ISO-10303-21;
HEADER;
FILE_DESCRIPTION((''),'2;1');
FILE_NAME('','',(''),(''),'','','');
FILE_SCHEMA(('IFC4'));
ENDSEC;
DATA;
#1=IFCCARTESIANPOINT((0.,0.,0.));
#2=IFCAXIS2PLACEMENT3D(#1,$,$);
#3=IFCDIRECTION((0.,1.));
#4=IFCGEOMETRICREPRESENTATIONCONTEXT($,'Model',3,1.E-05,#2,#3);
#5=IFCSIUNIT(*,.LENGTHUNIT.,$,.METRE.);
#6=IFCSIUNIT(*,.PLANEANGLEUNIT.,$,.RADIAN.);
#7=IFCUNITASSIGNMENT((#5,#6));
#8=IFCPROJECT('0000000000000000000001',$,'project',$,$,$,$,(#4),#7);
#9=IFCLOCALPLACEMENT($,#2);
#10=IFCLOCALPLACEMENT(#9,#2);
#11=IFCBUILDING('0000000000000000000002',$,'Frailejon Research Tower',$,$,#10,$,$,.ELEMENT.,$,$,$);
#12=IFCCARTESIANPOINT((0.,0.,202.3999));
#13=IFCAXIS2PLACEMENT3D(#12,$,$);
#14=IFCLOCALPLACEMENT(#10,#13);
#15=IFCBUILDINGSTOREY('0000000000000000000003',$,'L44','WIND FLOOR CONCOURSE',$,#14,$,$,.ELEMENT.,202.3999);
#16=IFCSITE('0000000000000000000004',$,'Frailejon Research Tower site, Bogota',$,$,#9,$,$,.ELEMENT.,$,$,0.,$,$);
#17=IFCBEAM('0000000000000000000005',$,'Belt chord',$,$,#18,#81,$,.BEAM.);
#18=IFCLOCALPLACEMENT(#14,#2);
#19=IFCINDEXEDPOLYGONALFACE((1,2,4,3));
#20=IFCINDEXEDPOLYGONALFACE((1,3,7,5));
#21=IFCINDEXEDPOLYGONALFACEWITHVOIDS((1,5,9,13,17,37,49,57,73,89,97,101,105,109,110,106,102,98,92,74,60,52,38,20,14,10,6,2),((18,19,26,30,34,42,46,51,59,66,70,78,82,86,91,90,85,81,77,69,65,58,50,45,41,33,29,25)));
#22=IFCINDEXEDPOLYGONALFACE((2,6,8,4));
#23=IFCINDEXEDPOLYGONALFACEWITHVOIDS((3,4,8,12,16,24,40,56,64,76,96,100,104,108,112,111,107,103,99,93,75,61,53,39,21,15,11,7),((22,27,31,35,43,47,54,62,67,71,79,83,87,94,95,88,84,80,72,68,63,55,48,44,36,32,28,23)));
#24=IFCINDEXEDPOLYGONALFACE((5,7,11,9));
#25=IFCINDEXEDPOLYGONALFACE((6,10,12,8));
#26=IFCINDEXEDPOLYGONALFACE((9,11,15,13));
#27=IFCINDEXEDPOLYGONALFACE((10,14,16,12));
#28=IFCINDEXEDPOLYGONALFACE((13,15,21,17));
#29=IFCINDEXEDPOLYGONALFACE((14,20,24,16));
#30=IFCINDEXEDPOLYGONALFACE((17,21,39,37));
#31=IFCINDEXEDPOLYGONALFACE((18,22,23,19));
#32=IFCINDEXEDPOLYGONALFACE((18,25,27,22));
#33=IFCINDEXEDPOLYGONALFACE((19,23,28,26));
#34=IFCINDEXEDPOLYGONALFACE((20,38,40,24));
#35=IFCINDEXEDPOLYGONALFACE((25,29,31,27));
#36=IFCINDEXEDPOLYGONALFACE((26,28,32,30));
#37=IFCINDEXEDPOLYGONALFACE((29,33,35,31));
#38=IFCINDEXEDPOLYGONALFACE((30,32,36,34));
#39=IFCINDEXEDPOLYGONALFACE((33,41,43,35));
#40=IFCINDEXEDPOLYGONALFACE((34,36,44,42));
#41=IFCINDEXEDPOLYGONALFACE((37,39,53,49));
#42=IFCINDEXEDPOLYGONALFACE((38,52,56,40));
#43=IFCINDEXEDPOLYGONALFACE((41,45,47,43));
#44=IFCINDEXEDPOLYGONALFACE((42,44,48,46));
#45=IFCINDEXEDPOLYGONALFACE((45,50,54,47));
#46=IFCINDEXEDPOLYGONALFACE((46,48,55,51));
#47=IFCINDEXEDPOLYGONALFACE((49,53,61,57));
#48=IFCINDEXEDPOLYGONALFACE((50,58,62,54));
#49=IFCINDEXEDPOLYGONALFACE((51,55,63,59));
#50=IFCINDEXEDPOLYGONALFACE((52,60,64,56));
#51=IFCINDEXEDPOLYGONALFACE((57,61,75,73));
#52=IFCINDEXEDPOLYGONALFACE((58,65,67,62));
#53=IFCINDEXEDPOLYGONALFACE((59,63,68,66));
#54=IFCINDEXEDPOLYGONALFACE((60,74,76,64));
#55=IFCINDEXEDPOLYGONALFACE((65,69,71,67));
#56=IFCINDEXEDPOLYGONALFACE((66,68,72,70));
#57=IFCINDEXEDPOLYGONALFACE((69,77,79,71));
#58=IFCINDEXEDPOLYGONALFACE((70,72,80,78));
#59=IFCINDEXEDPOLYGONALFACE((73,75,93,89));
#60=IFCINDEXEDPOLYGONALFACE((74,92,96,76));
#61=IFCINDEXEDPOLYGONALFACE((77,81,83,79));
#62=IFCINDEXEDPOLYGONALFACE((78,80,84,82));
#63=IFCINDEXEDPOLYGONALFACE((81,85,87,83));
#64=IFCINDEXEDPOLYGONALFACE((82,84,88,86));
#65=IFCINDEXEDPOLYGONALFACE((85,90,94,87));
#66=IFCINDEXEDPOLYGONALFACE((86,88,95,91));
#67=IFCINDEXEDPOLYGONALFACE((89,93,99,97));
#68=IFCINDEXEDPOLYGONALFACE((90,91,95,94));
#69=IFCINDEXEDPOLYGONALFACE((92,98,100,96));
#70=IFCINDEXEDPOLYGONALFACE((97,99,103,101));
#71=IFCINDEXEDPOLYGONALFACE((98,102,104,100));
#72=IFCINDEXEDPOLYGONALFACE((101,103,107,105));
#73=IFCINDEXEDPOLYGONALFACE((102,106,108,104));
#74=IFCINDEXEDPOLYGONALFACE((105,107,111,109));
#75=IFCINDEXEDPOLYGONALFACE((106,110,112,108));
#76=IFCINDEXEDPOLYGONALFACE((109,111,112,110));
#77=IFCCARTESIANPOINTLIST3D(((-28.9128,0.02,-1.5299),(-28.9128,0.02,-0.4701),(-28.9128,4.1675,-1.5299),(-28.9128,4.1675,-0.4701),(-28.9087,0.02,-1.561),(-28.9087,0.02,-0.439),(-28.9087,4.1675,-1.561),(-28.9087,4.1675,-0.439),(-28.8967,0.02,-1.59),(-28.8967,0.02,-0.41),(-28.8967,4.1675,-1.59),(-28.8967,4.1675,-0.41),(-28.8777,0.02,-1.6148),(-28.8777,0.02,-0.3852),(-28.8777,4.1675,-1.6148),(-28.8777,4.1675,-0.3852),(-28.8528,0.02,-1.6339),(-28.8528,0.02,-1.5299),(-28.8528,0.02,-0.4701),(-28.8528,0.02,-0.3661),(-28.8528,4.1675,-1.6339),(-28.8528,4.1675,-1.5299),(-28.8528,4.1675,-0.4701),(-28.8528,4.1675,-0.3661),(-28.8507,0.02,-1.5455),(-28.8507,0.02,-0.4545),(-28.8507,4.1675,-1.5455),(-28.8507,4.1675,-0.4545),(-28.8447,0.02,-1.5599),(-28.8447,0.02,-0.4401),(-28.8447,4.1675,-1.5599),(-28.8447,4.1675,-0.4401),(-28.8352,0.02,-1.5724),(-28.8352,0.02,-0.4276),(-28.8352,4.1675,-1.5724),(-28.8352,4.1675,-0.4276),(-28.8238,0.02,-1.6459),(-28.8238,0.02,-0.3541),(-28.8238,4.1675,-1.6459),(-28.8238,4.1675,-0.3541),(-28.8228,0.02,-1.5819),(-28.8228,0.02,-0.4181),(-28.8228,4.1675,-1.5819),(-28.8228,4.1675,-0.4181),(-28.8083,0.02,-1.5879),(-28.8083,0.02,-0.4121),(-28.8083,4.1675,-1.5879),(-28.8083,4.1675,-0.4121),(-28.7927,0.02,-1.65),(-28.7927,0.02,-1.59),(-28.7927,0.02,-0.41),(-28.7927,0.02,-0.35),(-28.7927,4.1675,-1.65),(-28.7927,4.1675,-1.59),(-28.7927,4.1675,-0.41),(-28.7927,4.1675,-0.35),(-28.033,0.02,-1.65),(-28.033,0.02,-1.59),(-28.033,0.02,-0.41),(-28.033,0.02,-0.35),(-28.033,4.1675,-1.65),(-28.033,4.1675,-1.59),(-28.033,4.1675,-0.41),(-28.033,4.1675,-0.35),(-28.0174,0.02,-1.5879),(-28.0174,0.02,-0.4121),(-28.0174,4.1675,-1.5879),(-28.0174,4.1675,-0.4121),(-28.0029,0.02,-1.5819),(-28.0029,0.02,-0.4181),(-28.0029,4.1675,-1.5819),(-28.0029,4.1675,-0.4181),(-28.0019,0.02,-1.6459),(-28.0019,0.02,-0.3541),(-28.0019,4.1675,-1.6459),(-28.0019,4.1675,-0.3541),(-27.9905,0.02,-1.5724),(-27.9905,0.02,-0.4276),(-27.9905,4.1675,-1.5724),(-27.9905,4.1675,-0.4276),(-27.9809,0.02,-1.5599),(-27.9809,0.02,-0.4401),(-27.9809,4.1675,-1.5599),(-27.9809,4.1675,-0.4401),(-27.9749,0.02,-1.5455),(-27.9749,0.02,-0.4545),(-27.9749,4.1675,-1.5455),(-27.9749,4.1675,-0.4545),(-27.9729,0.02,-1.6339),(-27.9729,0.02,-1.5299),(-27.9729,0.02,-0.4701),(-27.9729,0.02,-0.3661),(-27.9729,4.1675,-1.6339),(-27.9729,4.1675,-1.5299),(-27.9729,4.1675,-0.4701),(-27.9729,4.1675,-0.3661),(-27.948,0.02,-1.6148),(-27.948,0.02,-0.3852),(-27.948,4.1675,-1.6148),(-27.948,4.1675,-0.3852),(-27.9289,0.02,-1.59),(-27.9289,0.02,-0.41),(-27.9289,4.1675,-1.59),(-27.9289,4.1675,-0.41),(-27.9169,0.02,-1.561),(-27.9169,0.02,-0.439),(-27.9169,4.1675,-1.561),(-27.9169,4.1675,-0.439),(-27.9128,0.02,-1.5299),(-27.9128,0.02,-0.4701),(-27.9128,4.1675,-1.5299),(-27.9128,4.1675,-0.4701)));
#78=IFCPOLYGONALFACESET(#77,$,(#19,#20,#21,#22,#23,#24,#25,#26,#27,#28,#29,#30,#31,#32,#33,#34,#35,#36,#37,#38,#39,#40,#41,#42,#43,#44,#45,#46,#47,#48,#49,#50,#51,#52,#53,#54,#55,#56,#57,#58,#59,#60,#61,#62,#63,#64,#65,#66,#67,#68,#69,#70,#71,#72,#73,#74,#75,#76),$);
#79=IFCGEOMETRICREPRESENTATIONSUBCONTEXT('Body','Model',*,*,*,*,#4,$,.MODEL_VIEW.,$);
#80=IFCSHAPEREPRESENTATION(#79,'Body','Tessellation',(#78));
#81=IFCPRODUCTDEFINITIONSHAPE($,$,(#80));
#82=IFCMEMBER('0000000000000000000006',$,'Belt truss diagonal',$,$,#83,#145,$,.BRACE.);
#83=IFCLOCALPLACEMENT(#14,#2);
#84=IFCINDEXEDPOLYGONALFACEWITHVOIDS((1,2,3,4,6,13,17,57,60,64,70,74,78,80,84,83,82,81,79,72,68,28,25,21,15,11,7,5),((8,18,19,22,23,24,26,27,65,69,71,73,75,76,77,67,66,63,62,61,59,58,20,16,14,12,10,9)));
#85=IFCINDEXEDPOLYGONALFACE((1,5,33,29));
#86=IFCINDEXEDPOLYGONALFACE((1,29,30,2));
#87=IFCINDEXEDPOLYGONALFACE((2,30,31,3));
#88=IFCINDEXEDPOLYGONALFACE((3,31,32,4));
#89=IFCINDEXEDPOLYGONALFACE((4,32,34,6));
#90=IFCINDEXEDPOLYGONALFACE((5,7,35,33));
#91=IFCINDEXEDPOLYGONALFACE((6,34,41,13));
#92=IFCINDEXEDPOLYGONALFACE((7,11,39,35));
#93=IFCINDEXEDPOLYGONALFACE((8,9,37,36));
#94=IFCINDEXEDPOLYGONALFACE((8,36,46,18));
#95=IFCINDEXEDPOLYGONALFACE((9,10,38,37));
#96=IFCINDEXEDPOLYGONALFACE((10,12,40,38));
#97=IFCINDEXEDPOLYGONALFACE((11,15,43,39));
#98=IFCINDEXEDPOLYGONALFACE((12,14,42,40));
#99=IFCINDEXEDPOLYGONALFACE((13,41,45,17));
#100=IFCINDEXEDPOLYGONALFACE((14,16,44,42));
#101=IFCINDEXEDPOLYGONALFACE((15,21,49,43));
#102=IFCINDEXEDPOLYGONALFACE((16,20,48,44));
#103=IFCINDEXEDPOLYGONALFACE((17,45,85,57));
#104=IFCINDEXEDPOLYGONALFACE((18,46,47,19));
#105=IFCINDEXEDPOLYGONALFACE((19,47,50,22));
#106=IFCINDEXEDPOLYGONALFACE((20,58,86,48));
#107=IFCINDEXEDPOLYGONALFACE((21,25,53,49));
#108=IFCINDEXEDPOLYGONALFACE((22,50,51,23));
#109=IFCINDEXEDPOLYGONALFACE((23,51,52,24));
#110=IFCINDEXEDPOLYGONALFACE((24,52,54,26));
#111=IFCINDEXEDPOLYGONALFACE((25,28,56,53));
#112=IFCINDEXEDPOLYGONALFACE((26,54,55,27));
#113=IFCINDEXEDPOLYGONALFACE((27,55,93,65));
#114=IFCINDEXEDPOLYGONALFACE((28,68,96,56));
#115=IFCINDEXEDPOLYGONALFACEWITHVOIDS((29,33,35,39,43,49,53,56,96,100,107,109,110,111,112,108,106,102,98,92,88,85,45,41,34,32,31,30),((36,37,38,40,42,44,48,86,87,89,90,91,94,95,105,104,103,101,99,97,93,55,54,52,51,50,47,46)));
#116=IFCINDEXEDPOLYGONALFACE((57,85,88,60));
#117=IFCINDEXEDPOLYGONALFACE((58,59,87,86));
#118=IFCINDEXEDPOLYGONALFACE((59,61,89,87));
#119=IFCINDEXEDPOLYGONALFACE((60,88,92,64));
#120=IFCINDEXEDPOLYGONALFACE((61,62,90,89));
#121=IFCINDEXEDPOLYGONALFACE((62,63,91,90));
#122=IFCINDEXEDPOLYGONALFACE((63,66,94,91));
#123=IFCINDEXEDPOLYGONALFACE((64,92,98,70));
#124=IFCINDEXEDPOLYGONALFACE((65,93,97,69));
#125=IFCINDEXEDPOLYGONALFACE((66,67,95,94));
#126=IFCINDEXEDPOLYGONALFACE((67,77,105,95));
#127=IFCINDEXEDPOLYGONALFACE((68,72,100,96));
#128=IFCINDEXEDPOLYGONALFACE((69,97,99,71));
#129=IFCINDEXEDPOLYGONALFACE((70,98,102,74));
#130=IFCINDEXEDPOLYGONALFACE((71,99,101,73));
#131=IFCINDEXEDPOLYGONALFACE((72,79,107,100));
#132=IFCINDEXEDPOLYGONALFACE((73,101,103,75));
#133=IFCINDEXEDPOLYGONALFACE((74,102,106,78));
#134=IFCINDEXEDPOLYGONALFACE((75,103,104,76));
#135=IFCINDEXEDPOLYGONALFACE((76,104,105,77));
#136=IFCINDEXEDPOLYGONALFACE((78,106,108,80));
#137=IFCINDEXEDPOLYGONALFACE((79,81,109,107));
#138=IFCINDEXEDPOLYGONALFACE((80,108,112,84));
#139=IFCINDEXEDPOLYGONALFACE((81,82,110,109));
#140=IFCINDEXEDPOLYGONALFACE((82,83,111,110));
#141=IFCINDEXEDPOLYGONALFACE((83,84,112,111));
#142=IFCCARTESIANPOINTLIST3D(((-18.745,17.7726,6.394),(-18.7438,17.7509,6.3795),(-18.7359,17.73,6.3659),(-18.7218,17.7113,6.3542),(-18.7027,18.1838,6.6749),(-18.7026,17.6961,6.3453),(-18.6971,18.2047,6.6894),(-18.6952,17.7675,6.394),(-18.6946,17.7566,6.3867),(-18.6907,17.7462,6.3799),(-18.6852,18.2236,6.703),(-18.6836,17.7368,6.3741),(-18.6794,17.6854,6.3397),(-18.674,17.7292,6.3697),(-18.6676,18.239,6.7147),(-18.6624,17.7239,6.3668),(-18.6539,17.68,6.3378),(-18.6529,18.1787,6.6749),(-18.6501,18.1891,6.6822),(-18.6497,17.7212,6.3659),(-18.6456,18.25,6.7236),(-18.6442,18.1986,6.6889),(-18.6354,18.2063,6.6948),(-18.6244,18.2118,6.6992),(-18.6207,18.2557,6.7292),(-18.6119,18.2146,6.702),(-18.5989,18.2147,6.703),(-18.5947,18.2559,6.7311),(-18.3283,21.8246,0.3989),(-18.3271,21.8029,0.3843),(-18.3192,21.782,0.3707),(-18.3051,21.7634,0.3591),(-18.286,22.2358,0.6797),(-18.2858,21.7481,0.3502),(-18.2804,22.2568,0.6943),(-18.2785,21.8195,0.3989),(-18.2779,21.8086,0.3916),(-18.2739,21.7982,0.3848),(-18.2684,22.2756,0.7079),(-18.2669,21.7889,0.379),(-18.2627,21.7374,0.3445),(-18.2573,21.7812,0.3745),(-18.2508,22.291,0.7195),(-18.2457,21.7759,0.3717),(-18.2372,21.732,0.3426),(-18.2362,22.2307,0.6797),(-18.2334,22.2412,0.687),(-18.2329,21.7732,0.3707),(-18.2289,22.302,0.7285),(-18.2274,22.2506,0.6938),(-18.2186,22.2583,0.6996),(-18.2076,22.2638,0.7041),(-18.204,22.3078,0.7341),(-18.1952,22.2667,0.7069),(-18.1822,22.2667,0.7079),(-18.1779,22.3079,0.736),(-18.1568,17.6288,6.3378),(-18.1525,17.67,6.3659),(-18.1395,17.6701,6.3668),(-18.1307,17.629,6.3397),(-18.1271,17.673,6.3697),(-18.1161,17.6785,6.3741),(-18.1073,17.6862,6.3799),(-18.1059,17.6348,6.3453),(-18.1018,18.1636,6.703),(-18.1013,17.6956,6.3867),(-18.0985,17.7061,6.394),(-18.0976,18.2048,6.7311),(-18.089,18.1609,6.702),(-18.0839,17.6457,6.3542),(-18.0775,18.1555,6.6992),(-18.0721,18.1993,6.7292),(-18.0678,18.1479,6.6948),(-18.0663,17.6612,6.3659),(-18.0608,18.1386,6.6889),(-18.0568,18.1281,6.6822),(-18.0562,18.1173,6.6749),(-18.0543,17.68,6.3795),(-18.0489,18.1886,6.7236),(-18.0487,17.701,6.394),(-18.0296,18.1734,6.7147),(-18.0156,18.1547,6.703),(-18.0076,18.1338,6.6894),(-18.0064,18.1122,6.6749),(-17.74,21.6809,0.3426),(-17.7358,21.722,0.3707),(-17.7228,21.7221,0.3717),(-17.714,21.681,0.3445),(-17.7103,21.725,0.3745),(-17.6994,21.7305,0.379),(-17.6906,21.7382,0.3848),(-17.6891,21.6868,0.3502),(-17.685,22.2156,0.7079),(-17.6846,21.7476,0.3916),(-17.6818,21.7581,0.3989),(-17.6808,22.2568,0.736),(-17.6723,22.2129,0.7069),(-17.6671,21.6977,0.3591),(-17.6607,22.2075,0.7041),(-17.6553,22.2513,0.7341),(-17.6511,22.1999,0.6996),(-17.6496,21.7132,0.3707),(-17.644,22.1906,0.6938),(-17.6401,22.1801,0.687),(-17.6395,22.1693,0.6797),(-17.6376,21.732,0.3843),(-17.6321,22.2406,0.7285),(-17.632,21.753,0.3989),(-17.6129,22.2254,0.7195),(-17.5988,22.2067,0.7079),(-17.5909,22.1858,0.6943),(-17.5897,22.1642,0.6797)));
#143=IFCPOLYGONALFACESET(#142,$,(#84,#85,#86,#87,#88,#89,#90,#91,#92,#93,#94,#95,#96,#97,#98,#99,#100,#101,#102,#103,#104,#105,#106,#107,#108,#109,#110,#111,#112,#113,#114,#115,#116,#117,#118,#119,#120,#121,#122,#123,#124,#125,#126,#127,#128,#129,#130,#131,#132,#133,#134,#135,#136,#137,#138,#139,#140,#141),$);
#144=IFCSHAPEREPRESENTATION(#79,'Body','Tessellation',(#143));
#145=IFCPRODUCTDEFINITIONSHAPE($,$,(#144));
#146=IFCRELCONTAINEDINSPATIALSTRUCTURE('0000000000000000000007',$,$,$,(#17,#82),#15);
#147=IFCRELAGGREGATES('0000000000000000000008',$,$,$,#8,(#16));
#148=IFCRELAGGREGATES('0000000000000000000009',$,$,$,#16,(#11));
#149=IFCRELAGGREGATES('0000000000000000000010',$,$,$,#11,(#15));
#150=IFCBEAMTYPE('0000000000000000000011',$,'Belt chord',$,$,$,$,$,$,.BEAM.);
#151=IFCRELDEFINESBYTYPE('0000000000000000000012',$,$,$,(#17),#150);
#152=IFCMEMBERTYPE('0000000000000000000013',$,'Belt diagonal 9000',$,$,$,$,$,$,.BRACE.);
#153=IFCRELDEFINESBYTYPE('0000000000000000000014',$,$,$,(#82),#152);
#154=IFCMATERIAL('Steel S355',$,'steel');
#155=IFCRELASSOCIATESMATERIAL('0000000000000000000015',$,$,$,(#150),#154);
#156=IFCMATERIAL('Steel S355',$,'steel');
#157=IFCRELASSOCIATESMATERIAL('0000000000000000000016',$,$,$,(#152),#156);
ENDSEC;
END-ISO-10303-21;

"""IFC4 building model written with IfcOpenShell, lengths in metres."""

from ifc_helpers import new_model, si_unit, direction, frame, origin, origin_2d, place, context, subcontext, project, spatial, hollow_rectangle, extrude, material, material_profile, profile_set, type_object, element, save


model = new_model("IFC4")

# Units and contexts
model_context = context("Model", 3, precision=1e-05, world=origin(), true_north=direction((0.0, 1.0)))
body_context = subcontext(model_context, "Body", "Model", "MODEL_VIEW")
ifc_project = project(units=[si_unit("LENGTHUNIT", "METRE"), si_unit("PLANEANGLEUNIT", "RADIAN")], contexts=[model_context])

# Site, building, storey
site_placement = place(None, origin())
site = spatial("IfcSite", under=ifc_project, at=site_placement, Name="Frailejon Research Tower site, Bogota", CompositionType="ELEMENT", RefElevation=0.0)
building_placement = place(site_placement, origin())
building = spatial("IfcBuilding", under=site, at=building_placement, Name="Frailejon Research Tower", CompositionType="ELEMENT")
storey_placement = place(building_placement, frame((0.0, 0.0, 202.3999)))
storey = spatial("IfcBuildingStorey", under=building, at=storey_placement, Name="L44", Description="WIND FLOOR CONCOURSE", CompositionType="ELEMENT", Elevation=202.3999)

# Beam
ifc_material_1 = material(Name="Steel S355", Category="steel")
ifc_material_profile_1 = material_profile(ifc_material_1, hollow_rectangle(XDim=1.0, YDim=1.3, WallThickness=0.0601, InnerFilletRadius=0.0601, OuterFilletRadius=0.1201, at=origin_2d()), Name="Belt chord")
ifc_profile_set_1 = profile_set([ifc_material_profile_1], Name="Steel S355")
beam_type_1 = type_object("IfcBeamType", Name="Belt chord", PredefinedType="BEAM", material=ifc_profile_set_1)
beam_1_placement = place(storey_placement, frame((-28.4128, 4.1675, -1.0), z_axis=(0.0, -1.0, 0.0), x_axis=(1.0, 0.0, 0.0)))
element("IfcBeam", 1, at=beam_1_placement, inside=storey, type_object=beam_type_1, Name="Belt chord", PredefinedType="BEAM", context=body_context, shape_type="SweptSolid", body=[
    extrude(hollow_rectangle(XDim=1.0, YDim=1.3, WallThickness=0.0601, InnerFilletRadius=0.0601, OuterFilletRadius=0.1201, at=origin_2d()), origin(), (0.0, 0.0, 1.0), 4.1475),
])

# Member
ifc_material_2 = material(Name="Steel S355", Category="steel")
ifc_material_profile_2 = material_profile(ifc_material_2, hollow_rectangle(XDim=0.7, YDim=0.7, WallThickness=0.05, InnerFilletRadius=0.05, OuterFilletRadius=0.1001, at=origin_2d()), Name="Belt diagonal 9000")
ifc_profile_set_2 = profile_set([ifc_material_profile_2], Name="Steel S355")
member_type = type_object("IfcMemberType", Name="Belt diagonal 9000", PredefinedType="BRACE", material=ifc_profile_set_2)
member_1_placement = place(storey_placement, frame((-17.959, 21.9944, 0.5393), z_axis=(-0.057498, -0.559049, 0.827138), x_axis=(0.994753, -0.10231, 0.0)))
element("IfcMember", 2, at=member_1_placement, inside=storey, type_object=member_type, Name="Belt truss diagonal", PredefinedType="BRACE", context=body_context, shape_type="SweptSolid", body=[
    extrude(hollow_rectangle(XDim=0.7, YDim=0.7, WallThickness=0.05, InnerFilletRadius=0.05, OuterFilletRadius=0.1001, at=origin_2d()), origin(), (0.0, 0.0, 1.0), 7.248),
])

save(model, "model.ifc")
